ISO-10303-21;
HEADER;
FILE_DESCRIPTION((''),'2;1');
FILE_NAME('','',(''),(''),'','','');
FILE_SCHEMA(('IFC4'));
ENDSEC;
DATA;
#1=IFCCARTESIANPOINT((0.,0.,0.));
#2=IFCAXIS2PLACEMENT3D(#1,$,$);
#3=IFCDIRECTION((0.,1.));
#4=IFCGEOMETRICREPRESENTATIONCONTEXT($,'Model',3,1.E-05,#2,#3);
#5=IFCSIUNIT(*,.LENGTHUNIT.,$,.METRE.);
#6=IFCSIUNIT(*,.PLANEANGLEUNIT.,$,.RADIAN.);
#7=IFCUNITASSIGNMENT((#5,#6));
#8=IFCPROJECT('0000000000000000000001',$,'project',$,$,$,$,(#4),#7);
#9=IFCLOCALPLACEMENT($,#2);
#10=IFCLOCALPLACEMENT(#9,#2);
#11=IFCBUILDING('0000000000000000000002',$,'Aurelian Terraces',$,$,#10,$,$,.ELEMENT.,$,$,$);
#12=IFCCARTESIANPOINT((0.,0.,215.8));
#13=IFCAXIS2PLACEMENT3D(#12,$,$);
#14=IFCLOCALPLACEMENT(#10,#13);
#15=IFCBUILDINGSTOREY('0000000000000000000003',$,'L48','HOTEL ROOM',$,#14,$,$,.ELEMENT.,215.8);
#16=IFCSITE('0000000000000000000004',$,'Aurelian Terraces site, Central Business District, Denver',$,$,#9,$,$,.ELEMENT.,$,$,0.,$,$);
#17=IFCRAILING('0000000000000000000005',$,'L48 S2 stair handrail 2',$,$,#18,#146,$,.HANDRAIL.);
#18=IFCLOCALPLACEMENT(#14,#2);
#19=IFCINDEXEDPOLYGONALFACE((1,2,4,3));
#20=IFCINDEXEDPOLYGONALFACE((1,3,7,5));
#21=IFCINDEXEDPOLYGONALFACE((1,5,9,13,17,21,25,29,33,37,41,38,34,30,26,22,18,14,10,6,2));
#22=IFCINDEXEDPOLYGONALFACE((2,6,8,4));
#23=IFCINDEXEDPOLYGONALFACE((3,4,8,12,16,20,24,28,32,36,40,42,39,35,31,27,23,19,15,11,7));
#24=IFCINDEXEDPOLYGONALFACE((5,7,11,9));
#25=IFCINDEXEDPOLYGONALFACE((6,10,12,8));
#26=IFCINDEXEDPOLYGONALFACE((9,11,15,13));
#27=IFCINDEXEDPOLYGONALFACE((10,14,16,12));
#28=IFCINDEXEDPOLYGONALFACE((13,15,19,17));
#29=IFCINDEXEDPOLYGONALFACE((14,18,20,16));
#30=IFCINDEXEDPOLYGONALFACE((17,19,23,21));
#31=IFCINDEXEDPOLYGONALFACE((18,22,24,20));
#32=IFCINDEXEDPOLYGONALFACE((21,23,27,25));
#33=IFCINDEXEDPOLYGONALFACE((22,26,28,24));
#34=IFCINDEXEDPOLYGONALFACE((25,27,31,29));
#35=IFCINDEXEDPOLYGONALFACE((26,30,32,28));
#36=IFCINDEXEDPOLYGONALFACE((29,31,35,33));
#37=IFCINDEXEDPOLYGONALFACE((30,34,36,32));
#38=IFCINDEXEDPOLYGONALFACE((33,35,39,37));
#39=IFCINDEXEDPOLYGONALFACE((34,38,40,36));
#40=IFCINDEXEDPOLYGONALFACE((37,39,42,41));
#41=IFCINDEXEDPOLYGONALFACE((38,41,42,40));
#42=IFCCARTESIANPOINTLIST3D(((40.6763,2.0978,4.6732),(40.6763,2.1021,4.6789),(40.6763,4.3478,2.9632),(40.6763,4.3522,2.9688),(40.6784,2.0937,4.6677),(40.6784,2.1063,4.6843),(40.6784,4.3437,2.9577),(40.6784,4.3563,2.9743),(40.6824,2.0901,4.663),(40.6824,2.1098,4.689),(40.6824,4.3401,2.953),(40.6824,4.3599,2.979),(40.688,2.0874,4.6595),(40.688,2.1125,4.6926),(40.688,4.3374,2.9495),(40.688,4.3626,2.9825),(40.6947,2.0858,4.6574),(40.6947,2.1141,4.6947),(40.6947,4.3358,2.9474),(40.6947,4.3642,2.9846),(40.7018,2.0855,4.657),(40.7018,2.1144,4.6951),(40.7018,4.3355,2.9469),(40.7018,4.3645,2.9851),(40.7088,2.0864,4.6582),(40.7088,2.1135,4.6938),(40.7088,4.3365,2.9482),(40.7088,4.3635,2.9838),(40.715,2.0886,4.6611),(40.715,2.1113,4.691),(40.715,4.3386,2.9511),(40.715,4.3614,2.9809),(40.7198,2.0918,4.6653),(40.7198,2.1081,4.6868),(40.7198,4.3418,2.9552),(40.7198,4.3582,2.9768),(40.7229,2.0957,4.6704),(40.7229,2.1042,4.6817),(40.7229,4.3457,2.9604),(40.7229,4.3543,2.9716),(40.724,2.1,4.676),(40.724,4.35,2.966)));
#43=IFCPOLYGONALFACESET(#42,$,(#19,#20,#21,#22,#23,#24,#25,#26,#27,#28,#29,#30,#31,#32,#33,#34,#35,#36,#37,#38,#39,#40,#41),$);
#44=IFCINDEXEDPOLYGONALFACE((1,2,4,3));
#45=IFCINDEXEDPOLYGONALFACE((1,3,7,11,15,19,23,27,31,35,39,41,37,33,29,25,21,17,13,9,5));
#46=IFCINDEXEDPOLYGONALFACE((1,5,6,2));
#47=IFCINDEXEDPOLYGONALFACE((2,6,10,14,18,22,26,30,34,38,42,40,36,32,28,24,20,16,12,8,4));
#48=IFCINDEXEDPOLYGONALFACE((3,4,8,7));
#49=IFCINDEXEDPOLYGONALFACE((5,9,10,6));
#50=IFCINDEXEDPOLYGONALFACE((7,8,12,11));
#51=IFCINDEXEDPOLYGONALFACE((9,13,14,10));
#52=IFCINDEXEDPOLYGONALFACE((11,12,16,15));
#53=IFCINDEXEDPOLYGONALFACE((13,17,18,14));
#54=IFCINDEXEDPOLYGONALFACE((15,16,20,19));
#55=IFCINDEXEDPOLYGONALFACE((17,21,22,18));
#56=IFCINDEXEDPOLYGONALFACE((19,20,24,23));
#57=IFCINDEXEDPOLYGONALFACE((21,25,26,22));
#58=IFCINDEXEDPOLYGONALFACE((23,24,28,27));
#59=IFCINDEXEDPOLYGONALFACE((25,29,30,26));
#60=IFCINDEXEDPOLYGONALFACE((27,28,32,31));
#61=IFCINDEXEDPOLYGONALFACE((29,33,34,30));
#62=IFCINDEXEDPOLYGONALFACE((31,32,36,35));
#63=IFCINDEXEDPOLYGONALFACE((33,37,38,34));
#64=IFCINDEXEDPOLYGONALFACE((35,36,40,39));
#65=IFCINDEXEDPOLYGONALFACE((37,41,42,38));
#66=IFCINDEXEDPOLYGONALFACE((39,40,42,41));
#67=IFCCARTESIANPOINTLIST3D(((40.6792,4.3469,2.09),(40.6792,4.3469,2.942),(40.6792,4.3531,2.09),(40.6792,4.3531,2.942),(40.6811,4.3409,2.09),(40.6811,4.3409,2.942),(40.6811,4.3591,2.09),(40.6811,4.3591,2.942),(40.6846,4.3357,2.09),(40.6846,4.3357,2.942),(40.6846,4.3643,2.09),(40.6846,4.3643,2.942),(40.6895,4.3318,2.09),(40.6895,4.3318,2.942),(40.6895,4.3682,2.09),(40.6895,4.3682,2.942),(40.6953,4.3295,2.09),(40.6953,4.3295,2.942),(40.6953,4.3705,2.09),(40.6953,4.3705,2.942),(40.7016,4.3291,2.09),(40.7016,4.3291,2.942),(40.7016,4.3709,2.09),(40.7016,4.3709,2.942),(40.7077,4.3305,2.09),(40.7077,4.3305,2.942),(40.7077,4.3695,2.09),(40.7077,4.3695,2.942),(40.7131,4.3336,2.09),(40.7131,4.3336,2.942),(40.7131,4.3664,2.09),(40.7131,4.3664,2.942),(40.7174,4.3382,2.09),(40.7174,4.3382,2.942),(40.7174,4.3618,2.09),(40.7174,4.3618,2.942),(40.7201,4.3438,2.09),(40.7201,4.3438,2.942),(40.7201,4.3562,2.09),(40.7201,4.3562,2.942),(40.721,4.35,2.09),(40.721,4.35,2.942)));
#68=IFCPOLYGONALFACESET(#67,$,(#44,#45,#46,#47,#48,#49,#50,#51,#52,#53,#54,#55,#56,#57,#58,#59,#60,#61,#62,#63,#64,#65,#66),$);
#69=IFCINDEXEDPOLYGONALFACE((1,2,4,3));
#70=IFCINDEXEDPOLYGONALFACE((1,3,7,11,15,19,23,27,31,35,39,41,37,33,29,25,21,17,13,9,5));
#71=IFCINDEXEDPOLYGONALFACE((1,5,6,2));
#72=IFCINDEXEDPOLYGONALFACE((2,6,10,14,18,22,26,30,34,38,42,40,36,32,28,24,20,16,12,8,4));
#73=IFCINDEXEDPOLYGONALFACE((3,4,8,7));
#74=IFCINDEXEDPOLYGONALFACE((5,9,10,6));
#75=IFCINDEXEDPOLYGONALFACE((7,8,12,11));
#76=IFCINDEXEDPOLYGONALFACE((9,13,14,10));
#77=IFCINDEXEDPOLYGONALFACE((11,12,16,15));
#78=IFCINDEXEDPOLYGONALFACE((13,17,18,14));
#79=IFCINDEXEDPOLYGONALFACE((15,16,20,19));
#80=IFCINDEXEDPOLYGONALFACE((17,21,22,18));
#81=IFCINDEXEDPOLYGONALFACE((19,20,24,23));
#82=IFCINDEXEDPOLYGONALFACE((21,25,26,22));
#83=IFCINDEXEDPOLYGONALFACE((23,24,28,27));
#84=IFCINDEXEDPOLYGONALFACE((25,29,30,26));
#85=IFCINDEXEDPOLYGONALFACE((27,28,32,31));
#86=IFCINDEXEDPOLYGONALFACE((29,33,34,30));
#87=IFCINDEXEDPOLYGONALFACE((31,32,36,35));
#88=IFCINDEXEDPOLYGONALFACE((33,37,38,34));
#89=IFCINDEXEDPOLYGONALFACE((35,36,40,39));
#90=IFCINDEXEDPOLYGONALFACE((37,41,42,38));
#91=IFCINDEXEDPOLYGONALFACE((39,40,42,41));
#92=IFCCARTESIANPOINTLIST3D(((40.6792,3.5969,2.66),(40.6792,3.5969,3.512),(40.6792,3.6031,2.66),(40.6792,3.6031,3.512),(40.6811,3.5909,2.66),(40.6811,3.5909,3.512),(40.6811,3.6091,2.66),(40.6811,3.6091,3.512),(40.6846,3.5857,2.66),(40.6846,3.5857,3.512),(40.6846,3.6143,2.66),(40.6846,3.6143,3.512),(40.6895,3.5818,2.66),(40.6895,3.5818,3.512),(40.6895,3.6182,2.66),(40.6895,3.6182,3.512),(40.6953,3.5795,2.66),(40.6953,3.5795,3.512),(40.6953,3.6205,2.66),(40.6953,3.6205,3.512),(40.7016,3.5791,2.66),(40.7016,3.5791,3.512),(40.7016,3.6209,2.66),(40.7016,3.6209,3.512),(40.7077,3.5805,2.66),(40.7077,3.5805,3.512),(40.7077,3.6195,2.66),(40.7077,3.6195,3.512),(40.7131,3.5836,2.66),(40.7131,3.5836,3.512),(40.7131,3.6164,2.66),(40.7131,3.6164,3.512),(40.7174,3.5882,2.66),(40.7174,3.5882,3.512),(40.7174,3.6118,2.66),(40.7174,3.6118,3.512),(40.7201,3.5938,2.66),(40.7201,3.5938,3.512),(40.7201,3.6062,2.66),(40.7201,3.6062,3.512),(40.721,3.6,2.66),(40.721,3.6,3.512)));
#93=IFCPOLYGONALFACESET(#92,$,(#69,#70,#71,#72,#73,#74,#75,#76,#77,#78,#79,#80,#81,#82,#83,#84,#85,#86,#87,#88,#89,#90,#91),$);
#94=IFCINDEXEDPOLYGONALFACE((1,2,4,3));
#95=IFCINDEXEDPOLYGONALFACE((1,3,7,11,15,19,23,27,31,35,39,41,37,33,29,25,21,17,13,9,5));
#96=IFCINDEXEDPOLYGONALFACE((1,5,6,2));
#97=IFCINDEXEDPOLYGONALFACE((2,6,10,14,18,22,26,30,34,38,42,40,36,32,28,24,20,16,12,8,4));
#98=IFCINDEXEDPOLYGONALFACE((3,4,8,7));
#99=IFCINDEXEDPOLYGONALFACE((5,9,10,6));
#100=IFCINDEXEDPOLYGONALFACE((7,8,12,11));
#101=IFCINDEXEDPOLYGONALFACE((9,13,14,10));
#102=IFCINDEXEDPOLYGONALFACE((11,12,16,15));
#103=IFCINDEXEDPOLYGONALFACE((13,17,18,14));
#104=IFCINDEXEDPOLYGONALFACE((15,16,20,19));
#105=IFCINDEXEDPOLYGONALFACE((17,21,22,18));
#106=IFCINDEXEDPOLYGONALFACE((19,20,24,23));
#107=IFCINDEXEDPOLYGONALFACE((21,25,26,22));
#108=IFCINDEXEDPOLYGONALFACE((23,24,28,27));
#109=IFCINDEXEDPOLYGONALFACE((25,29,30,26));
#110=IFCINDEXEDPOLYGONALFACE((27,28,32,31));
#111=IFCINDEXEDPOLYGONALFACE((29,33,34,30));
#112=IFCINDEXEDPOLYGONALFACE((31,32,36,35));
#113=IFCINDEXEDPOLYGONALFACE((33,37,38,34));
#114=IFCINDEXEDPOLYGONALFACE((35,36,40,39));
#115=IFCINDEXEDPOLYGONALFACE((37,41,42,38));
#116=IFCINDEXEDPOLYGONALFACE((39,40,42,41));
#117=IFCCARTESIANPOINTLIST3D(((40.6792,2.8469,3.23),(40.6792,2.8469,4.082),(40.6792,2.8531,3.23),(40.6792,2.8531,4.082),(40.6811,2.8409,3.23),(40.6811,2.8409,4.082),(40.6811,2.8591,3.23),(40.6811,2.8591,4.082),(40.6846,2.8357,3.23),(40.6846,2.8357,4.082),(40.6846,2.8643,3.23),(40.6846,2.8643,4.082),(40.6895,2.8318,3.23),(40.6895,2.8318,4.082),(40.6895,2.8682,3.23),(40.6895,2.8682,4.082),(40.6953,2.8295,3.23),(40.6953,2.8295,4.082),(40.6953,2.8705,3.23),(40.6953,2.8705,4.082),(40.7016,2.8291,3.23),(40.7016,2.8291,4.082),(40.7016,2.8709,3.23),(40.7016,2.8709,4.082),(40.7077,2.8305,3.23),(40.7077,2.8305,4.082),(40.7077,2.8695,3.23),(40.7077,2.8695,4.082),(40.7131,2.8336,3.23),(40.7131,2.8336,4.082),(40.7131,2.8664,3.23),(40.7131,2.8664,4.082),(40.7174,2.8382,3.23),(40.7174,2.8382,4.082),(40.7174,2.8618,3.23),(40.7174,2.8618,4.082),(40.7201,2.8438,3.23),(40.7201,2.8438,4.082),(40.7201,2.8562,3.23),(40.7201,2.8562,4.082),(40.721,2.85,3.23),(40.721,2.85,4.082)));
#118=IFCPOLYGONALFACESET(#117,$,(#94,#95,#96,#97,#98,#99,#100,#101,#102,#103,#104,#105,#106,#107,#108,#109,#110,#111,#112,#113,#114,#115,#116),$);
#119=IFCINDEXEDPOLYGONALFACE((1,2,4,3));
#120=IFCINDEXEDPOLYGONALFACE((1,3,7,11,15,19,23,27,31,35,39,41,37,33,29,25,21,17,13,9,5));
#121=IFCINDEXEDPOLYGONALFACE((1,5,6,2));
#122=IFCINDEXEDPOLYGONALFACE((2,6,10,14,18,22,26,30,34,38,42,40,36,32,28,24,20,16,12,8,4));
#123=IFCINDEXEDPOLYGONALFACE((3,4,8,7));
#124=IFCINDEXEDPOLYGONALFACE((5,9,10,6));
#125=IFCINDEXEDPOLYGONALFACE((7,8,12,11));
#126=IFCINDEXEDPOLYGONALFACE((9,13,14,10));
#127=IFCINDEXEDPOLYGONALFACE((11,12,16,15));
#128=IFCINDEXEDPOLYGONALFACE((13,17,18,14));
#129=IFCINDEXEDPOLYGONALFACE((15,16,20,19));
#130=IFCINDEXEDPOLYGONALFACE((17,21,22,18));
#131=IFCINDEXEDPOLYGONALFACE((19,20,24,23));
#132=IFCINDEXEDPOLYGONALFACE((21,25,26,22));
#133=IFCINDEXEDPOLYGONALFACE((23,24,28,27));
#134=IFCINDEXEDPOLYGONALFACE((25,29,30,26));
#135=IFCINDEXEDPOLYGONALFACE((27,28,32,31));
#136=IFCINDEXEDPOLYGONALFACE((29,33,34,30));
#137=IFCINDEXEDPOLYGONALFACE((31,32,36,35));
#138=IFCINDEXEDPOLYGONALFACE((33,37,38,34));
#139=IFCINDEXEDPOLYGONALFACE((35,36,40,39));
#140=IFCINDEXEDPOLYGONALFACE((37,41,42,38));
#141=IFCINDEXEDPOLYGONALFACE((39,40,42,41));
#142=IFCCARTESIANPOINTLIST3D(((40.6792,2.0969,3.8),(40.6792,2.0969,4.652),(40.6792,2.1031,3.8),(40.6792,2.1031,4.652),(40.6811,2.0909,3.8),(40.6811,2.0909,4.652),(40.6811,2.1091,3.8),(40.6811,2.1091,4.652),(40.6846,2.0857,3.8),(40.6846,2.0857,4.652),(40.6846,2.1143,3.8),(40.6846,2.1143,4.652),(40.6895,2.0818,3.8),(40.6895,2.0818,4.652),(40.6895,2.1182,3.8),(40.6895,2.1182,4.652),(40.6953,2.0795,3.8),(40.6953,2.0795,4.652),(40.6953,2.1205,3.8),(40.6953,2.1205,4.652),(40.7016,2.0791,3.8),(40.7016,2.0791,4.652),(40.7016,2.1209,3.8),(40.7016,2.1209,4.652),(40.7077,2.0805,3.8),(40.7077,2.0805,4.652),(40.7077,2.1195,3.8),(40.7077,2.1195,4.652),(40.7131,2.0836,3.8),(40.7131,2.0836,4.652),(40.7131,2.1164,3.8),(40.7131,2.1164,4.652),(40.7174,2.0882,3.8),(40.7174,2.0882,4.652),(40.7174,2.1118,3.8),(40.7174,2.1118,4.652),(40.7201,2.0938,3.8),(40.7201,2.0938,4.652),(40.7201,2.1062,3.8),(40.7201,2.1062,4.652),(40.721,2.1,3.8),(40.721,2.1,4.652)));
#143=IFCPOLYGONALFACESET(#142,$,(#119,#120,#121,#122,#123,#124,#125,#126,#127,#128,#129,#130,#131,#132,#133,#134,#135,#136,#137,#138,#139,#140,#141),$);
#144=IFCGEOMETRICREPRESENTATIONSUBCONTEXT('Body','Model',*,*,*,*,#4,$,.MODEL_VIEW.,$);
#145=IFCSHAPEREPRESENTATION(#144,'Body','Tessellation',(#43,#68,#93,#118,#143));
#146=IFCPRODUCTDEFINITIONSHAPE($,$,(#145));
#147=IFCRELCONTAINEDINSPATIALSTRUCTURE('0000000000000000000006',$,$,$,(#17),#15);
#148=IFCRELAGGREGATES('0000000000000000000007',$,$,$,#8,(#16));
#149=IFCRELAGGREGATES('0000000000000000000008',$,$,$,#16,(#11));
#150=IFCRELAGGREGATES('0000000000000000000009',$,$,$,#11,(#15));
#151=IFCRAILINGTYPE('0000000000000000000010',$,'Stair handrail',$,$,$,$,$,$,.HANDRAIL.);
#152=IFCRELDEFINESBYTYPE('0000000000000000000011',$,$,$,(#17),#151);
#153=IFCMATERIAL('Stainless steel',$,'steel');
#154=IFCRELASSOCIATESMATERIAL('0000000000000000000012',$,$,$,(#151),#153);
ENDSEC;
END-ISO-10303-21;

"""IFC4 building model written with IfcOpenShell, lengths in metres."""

from ifc_helpers import new_model, si_unit, direction, frame, origin, origin_2d, place, context, subcontext, project, spatial, circle, extrude, source, transform, mapped, material, type_object, element, save


model = new_model("IFC4")

# Units and contexts
model_context = context("Model", 3, precision=1e-05, world=origin(), true_north=direction((0.0, 1.0)))
body_context = subcontext(model_context, "Body", "Model", "MODEL_VIEW")
ifc_project = project(units=[si_unit("LENGTHUNIT", "METRE"), si_unit("PLANEANGLEUNIT", "RADIAN")], contexts=[model_context])

# Site, building, storey
site_placement = place(None, origin())
site = spatial("IfcSite", under=ifc_project, at=site_placement, Name="Aurelian Terraces site, Central Business District, Denver", CompositionType="ELEMENT", RefElevation=0.0)
building_placement = place(site_placement, origin())
building = spatial("IfcBuilding", under=site, at=building_placement, Name="Aurelian Terraces", CompositionType="ELEMENT")
storey_placement = place(building_placement, frame((0.0, 0.0, 215.8)))
storey = spatial("IfcBuildingStorey", under=building, at=storey_placement, Name="L48", Description="HOTEL ROOM", CompositionType="ELEMENT", Elevation=215.8)

# Railing
ifc_material_1 = material(Name="Stainless steel", Category="steel")
railing_type_1 = type_object("IfcRailingType", Name="Stair handrail", PredefinedType="HANDRAIL", material=ifc_material_1)
shared_shape_1 = source(origin(), body_context, "Body", "SweptSolid", [
    extrude(circle(Radius=0.024, at=origin_2d()), frame((0.0, 0.0, 0.876), z_axis=(0.0, -0.796162, 0.605083), x_axis=(1.0, 0.0, 0.0)), (0.0, 0.0, 1.0), 2.8261),
    extrude(circle(Radius=0.021, at=origin_2d()), origin(), (0.0, 0.0, 1.0), 0.852),
    extrude(circle(Radius=0.021, at=origin_2d()), frame((0.0, -0.75, 0.57)), (0.0, 0.0, 1.0), 0.852),
    extrude(circle(Radius=0.021, at=origin_2d()), frame((0.0, -1.5, 1.14)), (0.0, 0.0, 1.0), 0.852),
    extrude(circle(Radius=0.021, at=origin_2d()), frame((0.0, -2.25, 1.71)), (0.0, 0.0, 1.0), 0.852),
])
railing_1_placement = place(storey_placement, frame((40.7, 4.35, 2.09)))
element("IfcRailing", 1, at=railing_1_placement, inside=storey, type_object=railing_type_1, Name="L48 S2 stair handrail 2", PredefinedType="HANDRAIL", context=body_context, shape_type="MappedRepresentation", body=[
    mapped(shared_shape_1, transform((0.0, 0.0, 0.0), scale=1.0)),
])

save(model, "model.ifc")
